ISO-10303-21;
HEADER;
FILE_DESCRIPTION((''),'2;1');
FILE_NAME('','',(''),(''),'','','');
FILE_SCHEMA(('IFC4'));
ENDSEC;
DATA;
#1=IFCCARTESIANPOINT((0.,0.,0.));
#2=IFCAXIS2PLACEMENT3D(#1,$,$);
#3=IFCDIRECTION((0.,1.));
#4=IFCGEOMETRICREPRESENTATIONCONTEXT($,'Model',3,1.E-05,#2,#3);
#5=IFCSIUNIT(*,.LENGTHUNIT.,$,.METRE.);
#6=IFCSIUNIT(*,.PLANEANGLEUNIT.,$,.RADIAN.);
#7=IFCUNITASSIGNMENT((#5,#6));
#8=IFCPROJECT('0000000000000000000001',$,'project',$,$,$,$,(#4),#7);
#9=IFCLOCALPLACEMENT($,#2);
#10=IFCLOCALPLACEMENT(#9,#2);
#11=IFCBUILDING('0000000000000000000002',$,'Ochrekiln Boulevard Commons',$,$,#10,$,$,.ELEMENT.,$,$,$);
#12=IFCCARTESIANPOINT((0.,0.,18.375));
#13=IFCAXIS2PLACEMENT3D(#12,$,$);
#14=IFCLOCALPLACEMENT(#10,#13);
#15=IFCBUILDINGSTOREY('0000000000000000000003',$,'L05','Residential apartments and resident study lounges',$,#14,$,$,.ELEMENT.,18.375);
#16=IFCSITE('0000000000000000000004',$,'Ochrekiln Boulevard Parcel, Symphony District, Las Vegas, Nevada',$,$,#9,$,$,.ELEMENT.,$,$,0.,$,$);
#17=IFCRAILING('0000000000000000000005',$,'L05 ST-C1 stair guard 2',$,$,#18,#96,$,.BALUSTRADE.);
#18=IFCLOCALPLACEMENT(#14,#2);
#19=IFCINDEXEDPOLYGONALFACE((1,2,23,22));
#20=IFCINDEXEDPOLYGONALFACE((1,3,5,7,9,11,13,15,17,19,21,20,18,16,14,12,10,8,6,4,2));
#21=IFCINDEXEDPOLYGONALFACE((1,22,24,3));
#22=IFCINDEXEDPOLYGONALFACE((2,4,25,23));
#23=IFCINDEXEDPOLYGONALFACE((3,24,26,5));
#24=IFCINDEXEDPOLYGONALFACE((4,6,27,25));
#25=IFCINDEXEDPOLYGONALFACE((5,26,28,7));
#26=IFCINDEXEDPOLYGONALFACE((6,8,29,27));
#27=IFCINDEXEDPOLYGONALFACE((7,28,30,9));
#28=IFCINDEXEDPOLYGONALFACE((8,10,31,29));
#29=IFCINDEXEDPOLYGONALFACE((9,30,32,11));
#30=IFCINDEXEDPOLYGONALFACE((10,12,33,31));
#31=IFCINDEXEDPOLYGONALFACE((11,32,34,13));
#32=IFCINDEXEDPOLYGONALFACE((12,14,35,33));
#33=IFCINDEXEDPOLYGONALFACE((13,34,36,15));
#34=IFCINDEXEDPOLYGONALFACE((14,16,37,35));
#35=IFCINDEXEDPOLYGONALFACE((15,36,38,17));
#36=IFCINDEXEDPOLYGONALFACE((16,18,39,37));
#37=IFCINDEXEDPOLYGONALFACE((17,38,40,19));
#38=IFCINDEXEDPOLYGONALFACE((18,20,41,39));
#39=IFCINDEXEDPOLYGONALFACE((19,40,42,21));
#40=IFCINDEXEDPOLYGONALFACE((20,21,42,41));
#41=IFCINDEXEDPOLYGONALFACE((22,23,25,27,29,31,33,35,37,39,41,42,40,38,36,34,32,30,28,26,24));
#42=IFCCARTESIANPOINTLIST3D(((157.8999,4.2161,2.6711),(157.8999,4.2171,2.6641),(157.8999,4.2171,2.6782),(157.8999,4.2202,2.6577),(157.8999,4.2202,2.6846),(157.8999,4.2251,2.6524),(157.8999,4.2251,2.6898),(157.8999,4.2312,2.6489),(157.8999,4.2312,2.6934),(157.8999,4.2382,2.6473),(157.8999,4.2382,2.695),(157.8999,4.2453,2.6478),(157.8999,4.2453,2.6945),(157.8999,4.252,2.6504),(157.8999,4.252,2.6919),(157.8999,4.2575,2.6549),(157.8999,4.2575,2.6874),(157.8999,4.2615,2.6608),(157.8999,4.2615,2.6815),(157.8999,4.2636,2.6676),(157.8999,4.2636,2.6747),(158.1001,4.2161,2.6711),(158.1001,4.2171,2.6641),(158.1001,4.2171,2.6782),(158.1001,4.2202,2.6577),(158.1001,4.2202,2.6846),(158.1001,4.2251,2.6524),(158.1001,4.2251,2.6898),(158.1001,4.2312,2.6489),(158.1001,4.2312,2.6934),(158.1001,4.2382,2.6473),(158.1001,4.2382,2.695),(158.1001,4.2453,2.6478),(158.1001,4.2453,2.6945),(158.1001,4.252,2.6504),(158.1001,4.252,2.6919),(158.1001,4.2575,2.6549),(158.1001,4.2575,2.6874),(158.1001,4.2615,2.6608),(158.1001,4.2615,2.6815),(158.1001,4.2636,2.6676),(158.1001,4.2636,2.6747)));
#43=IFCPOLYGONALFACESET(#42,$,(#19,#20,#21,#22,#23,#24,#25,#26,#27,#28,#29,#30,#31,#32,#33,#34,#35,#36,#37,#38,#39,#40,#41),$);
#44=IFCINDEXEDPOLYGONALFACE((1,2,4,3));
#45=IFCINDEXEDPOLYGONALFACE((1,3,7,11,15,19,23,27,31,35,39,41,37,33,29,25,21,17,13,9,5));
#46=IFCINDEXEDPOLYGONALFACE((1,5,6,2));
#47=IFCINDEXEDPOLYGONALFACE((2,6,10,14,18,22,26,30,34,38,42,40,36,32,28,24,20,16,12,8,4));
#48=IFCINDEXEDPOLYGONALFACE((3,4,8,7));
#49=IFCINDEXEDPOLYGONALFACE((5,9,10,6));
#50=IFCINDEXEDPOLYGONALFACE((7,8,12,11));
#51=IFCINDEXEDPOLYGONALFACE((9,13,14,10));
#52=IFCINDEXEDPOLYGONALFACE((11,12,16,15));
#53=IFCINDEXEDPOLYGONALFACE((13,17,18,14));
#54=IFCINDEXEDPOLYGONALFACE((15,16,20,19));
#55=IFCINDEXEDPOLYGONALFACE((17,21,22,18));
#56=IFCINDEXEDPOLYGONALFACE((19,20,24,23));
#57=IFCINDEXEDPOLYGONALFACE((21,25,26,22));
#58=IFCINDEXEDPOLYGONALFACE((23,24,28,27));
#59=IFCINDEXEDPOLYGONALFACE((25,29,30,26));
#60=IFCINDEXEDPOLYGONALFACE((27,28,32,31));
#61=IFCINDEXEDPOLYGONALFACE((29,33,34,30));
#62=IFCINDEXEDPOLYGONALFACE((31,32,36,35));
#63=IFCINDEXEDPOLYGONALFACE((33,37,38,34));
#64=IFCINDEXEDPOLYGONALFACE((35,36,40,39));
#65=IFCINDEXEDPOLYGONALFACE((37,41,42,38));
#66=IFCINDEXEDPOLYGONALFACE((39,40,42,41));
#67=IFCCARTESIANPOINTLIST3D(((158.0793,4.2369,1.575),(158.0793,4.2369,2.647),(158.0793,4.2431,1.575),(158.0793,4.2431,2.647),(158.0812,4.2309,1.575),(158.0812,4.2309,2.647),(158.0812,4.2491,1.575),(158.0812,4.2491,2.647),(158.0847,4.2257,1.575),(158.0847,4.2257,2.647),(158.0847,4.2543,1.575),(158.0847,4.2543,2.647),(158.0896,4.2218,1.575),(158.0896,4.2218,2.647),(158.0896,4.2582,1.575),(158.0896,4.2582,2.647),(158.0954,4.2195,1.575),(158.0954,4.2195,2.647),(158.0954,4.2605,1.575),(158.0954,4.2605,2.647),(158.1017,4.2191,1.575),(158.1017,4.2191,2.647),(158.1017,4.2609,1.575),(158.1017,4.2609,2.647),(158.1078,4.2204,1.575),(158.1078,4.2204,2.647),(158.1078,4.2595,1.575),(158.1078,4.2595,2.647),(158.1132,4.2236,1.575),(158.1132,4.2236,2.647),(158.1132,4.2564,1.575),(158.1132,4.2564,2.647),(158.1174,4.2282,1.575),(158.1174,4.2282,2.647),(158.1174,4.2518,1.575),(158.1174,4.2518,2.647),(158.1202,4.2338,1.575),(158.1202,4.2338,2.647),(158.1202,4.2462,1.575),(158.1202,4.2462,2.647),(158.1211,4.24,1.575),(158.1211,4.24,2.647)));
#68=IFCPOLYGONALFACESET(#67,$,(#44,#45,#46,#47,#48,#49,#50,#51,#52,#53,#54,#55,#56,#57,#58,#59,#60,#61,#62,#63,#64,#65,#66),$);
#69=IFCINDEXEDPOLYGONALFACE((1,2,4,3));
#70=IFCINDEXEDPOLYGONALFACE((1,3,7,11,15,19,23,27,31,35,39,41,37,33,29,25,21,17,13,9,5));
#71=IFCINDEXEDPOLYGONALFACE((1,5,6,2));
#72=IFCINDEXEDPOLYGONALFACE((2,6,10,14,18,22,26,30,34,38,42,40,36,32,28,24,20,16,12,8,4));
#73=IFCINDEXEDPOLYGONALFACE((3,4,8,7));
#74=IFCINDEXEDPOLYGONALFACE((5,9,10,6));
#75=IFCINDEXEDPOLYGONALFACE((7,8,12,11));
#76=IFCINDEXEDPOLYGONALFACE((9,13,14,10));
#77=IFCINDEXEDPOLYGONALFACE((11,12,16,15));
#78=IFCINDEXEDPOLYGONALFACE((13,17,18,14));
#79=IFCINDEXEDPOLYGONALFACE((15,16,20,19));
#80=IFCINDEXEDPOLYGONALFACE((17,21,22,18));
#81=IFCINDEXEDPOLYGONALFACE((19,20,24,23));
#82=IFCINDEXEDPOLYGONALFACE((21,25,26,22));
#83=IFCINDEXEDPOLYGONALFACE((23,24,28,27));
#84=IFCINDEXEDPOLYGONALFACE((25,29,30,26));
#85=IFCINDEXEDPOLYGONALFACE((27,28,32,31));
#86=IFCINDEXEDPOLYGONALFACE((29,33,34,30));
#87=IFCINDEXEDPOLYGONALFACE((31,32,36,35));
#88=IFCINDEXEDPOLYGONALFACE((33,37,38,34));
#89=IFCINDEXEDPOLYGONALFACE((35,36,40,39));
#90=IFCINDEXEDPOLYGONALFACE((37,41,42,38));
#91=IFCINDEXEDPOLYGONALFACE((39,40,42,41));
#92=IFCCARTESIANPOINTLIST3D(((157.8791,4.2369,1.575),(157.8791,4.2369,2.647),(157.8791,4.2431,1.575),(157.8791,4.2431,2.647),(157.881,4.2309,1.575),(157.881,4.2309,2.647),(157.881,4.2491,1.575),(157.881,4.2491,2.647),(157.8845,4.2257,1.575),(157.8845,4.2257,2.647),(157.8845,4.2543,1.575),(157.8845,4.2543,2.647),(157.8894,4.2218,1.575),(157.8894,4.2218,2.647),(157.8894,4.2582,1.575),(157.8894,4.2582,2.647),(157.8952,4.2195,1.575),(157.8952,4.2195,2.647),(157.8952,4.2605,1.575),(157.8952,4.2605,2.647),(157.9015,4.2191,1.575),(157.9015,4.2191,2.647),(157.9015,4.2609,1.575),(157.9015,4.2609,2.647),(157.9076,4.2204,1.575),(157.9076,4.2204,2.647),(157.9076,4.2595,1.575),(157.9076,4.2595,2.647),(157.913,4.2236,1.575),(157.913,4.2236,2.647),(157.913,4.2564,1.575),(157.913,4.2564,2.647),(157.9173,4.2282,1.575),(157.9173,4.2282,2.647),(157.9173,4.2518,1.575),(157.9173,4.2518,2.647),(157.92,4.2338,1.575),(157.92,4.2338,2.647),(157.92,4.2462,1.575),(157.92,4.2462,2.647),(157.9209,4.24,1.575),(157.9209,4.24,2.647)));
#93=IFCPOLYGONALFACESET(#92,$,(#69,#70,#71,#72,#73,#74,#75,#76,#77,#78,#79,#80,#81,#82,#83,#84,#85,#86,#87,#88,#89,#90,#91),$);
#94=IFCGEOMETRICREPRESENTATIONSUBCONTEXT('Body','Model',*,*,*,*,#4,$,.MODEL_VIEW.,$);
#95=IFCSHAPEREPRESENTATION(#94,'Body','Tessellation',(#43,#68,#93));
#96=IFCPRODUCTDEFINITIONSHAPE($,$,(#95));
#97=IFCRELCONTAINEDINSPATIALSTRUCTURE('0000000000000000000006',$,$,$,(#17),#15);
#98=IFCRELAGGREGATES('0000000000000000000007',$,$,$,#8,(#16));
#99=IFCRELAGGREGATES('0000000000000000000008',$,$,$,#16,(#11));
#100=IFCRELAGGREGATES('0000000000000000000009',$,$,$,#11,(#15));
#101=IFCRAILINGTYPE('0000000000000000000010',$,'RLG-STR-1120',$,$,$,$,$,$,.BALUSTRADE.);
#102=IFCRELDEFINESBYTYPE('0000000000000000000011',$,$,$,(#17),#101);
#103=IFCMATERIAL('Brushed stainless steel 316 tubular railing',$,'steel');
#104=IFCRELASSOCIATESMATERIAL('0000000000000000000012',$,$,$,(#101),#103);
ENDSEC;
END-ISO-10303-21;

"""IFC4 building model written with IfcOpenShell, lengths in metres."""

from ifc_helpers import new_model, si_unit, direction, frame, origin, origin_2d, place, context, subcontext, project, spatial, circle, extrude, material, type_object, element, save


model = new_model("IFC4")

# Units and contexts
model_context = context("Model", 3, precision=1e-05, world=origin(), true_north=direction((0.0, 1.0)))
body_context = subcontext(model_context, "Body", "Model", "MODEL_VIEW")
ifc_project = project(units=[si_unit("LENGTHUNIT", "METRE"), si_unit("PLANEANGLEUNIT", "RADIAN")], contexts=[model_context])

# Site, building, storey
site_placement = place(None, origin())
site = spatial("IfcSite", under=ifc_project, at=site_placement, Name="Ochrekiln Boulevard Parcel, Symphony District, Las Vegas, Nevada", CompositionType="ELEMENT", RefElevation=0.0)
building_placement = place(site_placement, origin())
building = spatial("IfcBuilding", under=site, at=building_placement, Name="Ochrekiln Boulevard Commons", CompositionType="ELEMENT")
storey_placement = place(building_placement, frame((0.0, 0.0, 18.375)))
storey = spatial("IfcBuildingStorey", under=building, at=storey_placement, Name="L05", Description="Residential apartments and resident study lounges", CompositionType="ELEMENT", Elevation=18.375)

# Railing
ifc_material_1 = material(Name="Brushed stainless steel 316 tubular railing", Category="steel")
railing_type_1 = type_object("IfcRailingType", Name="RLG-STR-1120", PredefinedType="BALUSTRADE", material=ifc_material_1)
railing_1_placement = place(storey_placement, frame((158.1001, 4.24, 1.575)))
element("IfcRailing", 1, at=railing_1_placement, inside=storey, type_object=railing_type_1, Name="L05 ST-C1 stair guard 2", PredefinedType="BALUSTRADE", context=body_context, shape_type="SweptSolid", body=[
    extrude(circle(Radius=0.0239, at=origin_2d()), frame((0.0, 0.0, 1.0962), z_axis=(-1.0, 0.0, 0.0), x_axis=(0.0, -1.0, 0.0)), (0.0, 0.0, 1.0), 0.2002),
    extrude(circle(Radius=0.021, at=origin_2d()), origin(), (0.0, 0.0, 1.0), 1.072),
    extrude(circle(Radius=0.021, at=origin_2d()), frame((-0.2002, 0.0, 0.0)), (0.0, 0.0, 1.0), 1.072),
])

save(model, "model.ifc")
